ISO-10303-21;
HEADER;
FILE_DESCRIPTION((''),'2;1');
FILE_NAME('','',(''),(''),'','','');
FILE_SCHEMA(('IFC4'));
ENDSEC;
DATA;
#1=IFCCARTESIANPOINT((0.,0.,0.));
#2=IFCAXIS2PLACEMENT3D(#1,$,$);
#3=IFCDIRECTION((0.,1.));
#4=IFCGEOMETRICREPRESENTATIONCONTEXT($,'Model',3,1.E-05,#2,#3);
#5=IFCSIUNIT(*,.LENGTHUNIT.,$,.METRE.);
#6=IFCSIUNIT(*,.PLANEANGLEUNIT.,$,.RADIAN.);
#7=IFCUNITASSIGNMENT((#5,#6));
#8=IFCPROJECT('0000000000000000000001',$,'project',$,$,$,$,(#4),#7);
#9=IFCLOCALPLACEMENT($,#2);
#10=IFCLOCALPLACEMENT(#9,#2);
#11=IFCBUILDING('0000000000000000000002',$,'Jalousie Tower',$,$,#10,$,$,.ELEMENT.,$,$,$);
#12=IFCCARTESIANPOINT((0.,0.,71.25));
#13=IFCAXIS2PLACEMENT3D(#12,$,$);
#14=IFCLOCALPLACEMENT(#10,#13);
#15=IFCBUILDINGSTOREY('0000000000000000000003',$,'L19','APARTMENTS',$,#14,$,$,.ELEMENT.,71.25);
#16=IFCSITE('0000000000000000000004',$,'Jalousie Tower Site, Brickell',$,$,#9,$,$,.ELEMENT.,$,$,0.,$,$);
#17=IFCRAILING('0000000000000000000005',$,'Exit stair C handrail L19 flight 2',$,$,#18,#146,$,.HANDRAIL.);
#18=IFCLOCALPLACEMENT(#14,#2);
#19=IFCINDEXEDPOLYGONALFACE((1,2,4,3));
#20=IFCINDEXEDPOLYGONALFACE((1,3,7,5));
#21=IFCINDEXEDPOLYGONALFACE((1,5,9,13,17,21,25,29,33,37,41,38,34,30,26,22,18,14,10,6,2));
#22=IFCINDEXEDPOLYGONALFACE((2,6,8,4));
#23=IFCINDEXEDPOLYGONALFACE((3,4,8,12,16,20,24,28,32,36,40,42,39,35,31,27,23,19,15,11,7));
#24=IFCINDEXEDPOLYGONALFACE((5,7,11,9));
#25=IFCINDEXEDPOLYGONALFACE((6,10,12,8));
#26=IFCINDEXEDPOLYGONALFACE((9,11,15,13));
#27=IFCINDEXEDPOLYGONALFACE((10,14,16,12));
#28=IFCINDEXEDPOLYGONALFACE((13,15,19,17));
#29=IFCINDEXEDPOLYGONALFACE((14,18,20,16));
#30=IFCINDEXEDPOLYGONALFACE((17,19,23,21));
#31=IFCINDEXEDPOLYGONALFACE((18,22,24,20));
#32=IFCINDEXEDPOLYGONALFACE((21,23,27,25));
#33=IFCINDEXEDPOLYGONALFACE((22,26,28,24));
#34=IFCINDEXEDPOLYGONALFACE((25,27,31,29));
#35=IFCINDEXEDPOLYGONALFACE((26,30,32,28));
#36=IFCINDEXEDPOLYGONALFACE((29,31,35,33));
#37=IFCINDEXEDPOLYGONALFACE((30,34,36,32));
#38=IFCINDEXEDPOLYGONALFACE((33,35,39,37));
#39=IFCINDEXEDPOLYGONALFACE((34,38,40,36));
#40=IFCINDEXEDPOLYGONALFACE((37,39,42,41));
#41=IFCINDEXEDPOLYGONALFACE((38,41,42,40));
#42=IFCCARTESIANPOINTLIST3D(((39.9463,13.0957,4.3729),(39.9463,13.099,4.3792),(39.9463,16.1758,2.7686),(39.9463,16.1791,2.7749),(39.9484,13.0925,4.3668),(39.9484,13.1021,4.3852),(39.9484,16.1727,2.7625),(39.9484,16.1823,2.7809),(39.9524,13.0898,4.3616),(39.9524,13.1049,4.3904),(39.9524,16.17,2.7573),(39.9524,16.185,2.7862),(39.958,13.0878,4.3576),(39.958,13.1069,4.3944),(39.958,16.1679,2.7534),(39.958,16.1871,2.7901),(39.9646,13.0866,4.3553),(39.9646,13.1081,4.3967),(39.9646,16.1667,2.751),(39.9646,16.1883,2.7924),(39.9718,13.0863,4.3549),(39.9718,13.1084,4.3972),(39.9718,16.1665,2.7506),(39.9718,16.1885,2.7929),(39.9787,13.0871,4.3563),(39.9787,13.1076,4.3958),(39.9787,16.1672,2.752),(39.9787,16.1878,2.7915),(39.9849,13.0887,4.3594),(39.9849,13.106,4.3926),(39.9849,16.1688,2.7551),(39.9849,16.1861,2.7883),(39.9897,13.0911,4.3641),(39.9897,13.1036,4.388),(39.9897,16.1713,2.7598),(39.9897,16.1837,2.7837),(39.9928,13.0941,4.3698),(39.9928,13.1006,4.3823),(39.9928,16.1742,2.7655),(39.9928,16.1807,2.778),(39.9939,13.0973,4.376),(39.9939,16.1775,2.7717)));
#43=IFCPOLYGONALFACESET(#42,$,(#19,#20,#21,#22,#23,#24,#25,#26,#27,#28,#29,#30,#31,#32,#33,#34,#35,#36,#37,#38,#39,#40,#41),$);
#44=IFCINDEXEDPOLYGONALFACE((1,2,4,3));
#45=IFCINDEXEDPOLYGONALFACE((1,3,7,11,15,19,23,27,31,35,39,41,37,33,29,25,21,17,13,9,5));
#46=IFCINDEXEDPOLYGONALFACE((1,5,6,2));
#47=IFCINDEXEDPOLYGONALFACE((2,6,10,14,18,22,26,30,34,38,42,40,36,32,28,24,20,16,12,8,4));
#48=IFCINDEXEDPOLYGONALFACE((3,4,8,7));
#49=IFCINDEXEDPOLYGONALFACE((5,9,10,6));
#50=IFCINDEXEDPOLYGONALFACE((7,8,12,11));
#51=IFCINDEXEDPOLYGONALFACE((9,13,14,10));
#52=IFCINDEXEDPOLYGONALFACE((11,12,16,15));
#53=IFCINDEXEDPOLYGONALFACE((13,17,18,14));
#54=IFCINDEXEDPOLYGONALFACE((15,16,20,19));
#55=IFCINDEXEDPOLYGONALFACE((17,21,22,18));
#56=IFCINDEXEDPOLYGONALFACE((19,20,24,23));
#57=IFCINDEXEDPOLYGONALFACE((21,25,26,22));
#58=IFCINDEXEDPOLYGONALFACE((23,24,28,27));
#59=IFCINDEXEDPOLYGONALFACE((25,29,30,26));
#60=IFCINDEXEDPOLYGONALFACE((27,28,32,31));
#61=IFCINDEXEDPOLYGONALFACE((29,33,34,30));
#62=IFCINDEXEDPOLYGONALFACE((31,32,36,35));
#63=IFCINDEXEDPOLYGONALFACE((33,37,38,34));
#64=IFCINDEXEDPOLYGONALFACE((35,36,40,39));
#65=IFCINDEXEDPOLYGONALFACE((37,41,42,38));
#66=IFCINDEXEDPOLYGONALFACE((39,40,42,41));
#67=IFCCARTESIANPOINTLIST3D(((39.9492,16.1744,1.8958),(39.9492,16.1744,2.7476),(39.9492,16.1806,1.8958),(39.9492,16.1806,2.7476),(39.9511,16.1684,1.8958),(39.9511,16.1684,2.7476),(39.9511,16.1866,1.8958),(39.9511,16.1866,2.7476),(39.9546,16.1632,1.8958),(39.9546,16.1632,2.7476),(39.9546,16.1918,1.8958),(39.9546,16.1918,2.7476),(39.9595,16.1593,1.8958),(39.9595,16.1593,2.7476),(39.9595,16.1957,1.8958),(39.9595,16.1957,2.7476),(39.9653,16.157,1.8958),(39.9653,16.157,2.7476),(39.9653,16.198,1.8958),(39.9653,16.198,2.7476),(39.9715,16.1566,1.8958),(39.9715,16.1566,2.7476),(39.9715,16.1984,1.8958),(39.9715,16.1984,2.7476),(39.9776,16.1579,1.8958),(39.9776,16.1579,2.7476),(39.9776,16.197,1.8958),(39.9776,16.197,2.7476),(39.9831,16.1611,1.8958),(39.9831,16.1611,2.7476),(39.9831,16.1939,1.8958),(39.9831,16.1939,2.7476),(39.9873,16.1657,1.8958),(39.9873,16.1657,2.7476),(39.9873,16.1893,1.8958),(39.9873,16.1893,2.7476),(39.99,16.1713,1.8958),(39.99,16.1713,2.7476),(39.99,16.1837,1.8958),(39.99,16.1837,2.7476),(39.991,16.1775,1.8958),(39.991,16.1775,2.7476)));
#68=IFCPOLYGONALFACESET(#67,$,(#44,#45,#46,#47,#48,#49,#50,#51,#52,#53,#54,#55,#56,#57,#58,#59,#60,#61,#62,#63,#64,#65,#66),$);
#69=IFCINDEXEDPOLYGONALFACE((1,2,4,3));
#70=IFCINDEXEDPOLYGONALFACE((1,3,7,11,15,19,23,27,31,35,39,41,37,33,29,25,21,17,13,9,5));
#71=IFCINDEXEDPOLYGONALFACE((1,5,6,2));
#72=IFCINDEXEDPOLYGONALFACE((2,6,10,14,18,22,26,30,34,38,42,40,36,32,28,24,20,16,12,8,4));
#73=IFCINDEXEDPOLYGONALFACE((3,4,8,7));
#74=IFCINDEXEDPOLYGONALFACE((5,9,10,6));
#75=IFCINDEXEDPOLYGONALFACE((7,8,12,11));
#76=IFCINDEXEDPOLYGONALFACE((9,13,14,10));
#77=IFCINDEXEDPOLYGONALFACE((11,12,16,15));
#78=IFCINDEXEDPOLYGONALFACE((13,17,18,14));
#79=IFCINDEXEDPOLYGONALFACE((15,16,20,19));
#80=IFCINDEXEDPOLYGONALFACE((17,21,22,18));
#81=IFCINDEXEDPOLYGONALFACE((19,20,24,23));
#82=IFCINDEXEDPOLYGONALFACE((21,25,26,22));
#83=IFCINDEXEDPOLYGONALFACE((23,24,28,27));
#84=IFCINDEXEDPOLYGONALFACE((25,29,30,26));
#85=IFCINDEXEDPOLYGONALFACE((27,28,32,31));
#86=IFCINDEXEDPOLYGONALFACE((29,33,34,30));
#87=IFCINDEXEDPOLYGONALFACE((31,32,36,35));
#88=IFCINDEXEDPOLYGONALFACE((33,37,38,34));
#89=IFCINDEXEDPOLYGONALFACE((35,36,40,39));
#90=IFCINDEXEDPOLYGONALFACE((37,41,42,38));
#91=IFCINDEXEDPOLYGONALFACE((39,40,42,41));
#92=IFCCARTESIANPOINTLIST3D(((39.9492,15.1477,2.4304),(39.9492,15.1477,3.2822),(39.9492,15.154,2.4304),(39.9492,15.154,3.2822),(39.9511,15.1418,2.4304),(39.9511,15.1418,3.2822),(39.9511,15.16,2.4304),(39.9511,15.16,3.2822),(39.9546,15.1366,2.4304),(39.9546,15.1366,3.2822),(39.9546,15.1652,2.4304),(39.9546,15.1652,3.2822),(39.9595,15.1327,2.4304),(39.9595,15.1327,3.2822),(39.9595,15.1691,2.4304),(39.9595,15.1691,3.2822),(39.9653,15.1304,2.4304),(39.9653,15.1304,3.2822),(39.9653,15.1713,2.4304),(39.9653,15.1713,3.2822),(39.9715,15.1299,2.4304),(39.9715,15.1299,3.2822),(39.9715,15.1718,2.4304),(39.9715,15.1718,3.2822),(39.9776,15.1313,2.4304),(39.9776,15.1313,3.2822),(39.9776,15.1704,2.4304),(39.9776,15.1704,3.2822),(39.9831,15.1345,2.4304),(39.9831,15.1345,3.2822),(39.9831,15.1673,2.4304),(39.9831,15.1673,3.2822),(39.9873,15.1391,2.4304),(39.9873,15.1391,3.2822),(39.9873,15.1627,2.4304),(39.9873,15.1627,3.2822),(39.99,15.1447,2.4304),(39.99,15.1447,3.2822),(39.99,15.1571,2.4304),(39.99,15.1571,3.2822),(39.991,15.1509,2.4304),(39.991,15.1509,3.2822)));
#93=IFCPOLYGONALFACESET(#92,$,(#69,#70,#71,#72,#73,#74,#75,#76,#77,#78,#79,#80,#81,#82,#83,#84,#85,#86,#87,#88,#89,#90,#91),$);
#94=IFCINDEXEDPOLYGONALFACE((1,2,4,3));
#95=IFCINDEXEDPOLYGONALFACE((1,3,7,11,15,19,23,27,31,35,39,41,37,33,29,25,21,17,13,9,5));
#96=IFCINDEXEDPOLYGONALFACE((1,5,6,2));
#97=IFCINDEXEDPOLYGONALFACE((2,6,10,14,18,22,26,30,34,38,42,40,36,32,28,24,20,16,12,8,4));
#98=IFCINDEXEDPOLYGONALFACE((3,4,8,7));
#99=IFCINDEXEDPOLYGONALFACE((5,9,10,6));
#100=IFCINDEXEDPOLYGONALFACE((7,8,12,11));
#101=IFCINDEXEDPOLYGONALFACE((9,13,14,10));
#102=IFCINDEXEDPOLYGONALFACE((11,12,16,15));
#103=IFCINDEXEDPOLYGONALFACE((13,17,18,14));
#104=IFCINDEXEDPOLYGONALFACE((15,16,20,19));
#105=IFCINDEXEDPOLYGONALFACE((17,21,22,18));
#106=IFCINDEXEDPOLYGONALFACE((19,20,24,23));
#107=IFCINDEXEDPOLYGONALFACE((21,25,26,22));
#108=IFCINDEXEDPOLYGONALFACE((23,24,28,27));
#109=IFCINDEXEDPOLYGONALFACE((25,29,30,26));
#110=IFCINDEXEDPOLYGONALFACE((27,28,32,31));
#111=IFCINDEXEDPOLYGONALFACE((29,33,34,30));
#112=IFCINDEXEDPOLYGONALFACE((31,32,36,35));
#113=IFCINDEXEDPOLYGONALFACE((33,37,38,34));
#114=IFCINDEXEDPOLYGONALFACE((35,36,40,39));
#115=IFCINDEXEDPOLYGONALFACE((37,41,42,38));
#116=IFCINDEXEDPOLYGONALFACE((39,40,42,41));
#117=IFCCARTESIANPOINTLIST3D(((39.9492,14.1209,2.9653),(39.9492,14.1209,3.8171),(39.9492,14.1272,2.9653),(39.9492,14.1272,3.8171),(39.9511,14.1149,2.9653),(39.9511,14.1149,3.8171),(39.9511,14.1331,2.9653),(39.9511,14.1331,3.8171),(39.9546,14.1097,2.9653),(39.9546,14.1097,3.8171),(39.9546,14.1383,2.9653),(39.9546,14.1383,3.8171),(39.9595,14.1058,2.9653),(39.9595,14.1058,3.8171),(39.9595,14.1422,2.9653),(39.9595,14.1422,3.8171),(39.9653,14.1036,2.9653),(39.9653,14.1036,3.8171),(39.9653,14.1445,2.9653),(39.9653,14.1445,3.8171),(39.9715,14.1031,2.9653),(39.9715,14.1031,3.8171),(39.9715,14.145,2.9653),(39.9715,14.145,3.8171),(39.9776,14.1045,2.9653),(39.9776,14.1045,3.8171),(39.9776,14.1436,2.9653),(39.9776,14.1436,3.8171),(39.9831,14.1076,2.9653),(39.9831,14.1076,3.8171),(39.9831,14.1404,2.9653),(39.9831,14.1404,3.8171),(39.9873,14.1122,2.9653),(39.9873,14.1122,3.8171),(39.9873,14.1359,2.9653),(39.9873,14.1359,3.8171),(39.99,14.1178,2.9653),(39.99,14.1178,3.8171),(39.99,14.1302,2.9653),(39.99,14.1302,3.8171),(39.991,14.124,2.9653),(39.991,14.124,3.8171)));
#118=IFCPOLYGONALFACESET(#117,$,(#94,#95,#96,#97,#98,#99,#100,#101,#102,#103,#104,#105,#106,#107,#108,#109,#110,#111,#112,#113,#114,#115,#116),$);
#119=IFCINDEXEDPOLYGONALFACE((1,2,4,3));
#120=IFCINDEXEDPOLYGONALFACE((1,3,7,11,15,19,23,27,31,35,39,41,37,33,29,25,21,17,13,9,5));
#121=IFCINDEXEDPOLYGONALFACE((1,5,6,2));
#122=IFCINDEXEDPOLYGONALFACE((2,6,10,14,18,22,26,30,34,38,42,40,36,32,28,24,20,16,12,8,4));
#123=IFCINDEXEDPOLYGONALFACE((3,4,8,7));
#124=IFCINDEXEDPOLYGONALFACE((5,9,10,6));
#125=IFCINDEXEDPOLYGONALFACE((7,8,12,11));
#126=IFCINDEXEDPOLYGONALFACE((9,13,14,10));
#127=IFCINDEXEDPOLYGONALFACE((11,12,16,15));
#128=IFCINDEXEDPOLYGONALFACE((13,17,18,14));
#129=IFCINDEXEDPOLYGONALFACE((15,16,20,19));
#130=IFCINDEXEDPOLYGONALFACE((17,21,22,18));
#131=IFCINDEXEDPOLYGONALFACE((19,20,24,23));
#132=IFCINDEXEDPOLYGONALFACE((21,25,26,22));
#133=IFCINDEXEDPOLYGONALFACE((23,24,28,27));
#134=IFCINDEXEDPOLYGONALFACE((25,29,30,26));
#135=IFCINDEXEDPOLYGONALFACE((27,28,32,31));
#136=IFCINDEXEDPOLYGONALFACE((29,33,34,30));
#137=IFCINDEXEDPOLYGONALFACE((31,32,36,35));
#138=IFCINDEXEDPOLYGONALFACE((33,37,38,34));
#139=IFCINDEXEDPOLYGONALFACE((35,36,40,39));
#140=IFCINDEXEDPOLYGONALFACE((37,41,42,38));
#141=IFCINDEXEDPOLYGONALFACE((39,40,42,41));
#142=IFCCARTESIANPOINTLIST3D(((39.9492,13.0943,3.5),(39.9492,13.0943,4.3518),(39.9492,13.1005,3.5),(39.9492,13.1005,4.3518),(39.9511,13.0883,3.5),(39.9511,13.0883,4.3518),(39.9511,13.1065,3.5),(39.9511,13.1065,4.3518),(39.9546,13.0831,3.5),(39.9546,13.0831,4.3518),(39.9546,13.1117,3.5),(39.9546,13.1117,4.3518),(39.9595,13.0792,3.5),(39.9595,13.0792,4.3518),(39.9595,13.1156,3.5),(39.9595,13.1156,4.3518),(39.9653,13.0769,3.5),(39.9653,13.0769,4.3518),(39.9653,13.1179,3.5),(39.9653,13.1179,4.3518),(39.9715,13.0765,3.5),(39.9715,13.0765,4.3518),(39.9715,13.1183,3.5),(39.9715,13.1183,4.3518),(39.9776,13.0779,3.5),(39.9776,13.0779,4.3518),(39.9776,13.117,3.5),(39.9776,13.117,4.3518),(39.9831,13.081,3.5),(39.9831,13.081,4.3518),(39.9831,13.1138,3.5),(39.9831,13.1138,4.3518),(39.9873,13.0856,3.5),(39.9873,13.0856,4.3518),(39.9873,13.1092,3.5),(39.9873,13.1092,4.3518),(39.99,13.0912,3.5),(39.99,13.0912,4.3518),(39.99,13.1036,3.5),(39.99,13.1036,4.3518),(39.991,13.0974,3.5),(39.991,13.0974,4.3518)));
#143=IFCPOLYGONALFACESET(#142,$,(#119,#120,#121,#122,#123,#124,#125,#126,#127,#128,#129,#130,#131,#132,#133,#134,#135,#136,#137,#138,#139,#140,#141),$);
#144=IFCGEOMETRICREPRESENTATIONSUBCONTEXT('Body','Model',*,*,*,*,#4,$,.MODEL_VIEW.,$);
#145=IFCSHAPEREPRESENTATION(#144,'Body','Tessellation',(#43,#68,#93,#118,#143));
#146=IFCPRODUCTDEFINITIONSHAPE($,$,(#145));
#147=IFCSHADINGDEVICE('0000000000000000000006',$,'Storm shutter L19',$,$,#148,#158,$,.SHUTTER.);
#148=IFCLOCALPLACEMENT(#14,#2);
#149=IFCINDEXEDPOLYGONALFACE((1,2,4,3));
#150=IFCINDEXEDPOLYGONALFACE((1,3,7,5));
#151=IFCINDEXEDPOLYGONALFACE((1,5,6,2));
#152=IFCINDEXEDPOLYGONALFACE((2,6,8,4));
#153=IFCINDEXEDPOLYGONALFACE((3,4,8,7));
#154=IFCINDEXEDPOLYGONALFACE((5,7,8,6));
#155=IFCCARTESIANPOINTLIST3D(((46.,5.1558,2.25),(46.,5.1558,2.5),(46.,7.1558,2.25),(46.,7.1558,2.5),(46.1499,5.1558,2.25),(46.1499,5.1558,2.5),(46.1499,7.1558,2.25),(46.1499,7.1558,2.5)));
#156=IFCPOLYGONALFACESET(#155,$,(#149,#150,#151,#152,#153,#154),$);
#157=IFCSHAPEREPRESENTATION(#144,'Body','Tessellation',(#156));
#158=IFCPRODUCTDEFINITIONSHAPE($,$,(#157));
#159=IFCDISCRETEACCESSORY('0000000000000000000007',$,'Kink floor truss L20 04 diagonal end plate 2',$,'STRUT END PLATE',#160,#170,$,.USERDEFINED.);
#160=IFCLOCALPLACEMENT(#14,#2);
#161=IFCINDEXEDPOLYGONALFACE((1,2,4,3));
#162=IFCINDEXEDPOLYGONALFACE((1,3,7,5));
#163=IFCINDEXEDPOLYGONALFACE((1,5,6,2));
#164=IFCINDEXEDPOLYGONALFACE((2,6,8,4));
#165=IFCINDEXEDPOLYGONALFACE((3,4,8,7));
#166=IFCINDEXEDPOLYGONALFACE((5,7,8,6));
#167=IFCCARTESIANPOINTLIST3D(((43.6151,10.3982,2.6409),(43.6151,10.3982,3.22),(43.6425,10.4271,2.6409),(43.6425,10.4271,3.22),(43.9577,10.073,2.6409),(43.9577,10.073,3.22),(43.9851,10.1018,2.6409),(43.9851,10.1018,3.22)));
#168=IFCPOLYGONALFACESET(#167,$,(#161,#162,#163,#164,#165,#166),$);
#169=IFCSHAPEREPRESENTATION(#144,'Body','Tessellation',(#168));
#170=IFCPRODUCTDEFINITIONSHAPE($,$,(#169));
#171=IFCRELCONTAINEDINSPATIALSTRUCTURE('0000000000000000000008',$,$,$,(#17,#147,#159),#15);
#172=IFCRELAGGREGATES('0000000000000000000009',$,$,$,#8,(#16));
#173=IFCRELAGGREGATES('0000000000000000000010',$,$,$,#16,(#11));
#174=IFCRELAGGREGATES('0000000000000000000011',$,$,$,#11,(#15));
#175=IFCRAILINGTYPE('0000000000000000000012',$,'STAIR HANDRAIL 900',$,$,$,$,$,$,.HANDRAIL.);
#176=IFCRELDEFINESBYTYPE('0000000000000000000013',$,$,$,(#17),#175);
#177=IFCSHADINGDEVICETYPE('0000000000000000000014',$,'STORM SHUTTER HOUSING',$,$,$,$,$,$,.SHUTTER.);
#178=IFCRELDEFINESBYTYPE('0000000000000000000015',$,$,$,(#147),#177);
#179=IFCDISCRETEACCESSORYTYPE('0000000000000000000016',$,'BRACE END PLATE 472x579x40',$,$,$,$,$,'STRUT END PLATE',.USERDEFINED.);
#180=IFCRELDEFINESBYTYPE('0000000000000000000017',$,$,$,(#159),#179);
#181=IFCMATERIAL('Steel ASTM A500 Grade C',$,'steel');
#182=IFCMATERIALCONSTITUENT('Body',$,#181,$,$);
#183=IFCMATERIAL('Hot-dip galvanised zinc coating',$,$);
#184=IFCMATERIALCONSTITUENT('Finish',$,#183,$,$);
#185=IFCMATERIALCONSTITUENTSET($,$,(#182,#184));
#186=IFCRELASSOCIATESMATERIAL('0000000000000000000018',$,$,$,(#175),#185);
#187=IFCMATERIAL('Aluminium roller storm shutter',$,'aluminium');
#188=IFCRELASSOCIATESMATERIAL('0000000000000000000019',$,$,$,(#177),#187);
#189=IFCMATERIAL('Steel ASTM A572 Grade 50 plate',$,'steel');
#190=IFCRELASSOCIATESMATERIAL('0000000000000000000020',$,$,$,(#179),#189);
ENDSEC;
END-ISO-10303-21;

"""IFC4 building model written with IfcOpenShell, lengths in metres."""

from ifc_helpers import new_model, si_unit, direction, frame, origin, origin_2d, place, context, subcontext, project, spatial, rectangle, circle, extrude, material, constituent, constituent_set, material_profile, profile_set, type_object, element, save


model = new_model("IFC4")

# Units and contexts
model_context = context("Model", 3, precision=1e-05, world=origin(), true_north=direction((0.0, 1.0)))
body_context = subcontext(model_context, "Body", "Model", "MODEL_VIEW")
ifc_project = project(units=[si_unit("LENGTHUNIT", "METRE"), si_unit("PLANEANGLEUNIT", "RADIAN")], contexts=[model_context])

# Site, building, storey
site_placement = place(None, origin())
site = spatial("IfcSite", under=ifc_project, at=site_placement, Name="Jalousie Tower Site, Brickell", CompositionType="ELEMENT", RefElevation=0.0)
building_placement = place(site_placement, origin())
building = spatial("IfcBuilding", under=site, at=building_placement, Name="Jalousie Tower", CompositionType="ELEMENT")
storey_placement = place(building_placement, frame((0.0, 0.0, 71.25)))
storey = spatial("IfcBuildingStorey", under=building, at=storey_placement, Name="L19", Description="APARTMENTS", CompositionType="ELEMENT", Elevation=71.25)

# Railing
ifc_material_1 = material(Name="Steel ASTM A500 Grade C", Category="steel")
ifc_constituent_1 = constituent(ifc_material_1, Name="Body")
ifc_material_2 = material(Name="Hot-dip galvanised zinc coating")
ifc_constituent_2 = constituent(ifc_material_2, Name="Finish")
ifc_constituent_set_1 = constituent_set(constituents=[ifc_constituent_1, ifc_constituent_2])
railing_type_1 = type_object("IfcRailingType", Name="STAIR HANDRAIL 900", PredefinedType="HANDRAIL", material=ifc_constituent_set_1)
railing_1_placement = place(storey_placement, frame((39.97, 16.1775, 1.8958)))
element("IfcRailing", 1, at=railing_1_placement, inside=storey, type_object=railing_type_1, Name="Exit stair C handrail L19 flight 2", PredefinedType="HANDRAIL", context=body_context, shape_type="SweptSolid", body=[
    extrude(circle(Radius=0.0239, at=origin_2d()), frame((0.0, 0.0, 0.876), z_axis=(0.0, -0.886909, 0.461944), x_axis=(1.0, 0.0, 0.0)), (0.0, 0.0, 1.0), 3.4729),
    extrude(circle(Radius=0.021, at=origin_2d()), origin(), (0.0, 0.0, 1.0), 0.8518),
    extrude(circle(Radius=0.021, at=origin_2d()), frame((0.0, -1.0266, 0.5347)), (0.0, 0.0, 1.0), 0.8518),
    extrude(circle(Radius=0.021, at=origin_2d()), frame((0.0, -2.0535, 1.0696)), (0.0, 0.0, 1.0), 0.8518),
    extrude(circle(Radius=0.021, at=origin_2d()), frame((0.0, -3.0801, 1.6042)), (0.0, 0.0, 1.0), 0.8518),
])

# Shading device
ifc_material_3 = material(Name="Aluminium roller storm shutter", Category="aluminium")
shading_device_type = type_object("IfcShadingDeviceType", Name="STORM SHUTTER HOUSING", PredefinedType="SHUTTER", material=ifc_material_3)
shading_device_placement = place(storey_placement, frame((46.075, 6.1558, 2.25), z_axis=(0.0, 0.0, 1.0), x_axis=(0.0, 1.0, 0.0)))
element("IfcShadingDevice", 2, at=shading_device_placement, inside=storey, type_object=shading_device_type, Name="Storm shutter L19", PredefinedType="SHUTTER", context=body_context, shape_type="SweptSolid", body=[
    extrude(rectangle(XDim=2.0, YDim=0.1499, at=origin_2d()), origin(), (0.0, 0.0, 1.0), 0.25),
])

# Discrete accessory
ifc_material_4 = material(Name="Steel ASTM A572 Grade 50 plate", Category="steel")
ifc_material_profile_1 = material_profile(ifc_material_4, rectangle(XDim=0.4724, YDim=0.5791, at=origin_2d()), Name="BRACE END PLATE 472x579x40")
ifc_profile_set_1 = profile_set([ifc_material_profile_1], Name="Steel ASTM A572 Grade 50 plate")
discrete_accessory_type = type_object("IfcDiscreteAccessoryType", Name="BRACE END PLATE 472x579x40", ElementType="STRUT END PLATE", PredefinedType="USERDEFINED", material=ifc_profile_set_1)
discrete_accessory_placement = place(storey_placement, frame((43.7864, 10.2356, 2.9304), z_axis=(0.688426, 0.725306, 0.0), x_axis=(-0.725306, 0.688426, 0.0)))
element("IfcDiscreteAccessory", 3, at=discrete_accessory_placement, inside=storey, type_object=discrete_accessory_type, Name="Kink floor truss L20 04 diagonal end plate 2", ObjectType="STRUT END PLATE", PredefinedType="USERDEFINED", context=body_context, shape_type="SweptSolid", body=[
    extrude(rectangle(XDim=0.4724, YDim=0.5791, at=origin_2d()), origin(), (0.0, 0.0, 1.0), 0.0398),
])

save(model, "model.ifc")
